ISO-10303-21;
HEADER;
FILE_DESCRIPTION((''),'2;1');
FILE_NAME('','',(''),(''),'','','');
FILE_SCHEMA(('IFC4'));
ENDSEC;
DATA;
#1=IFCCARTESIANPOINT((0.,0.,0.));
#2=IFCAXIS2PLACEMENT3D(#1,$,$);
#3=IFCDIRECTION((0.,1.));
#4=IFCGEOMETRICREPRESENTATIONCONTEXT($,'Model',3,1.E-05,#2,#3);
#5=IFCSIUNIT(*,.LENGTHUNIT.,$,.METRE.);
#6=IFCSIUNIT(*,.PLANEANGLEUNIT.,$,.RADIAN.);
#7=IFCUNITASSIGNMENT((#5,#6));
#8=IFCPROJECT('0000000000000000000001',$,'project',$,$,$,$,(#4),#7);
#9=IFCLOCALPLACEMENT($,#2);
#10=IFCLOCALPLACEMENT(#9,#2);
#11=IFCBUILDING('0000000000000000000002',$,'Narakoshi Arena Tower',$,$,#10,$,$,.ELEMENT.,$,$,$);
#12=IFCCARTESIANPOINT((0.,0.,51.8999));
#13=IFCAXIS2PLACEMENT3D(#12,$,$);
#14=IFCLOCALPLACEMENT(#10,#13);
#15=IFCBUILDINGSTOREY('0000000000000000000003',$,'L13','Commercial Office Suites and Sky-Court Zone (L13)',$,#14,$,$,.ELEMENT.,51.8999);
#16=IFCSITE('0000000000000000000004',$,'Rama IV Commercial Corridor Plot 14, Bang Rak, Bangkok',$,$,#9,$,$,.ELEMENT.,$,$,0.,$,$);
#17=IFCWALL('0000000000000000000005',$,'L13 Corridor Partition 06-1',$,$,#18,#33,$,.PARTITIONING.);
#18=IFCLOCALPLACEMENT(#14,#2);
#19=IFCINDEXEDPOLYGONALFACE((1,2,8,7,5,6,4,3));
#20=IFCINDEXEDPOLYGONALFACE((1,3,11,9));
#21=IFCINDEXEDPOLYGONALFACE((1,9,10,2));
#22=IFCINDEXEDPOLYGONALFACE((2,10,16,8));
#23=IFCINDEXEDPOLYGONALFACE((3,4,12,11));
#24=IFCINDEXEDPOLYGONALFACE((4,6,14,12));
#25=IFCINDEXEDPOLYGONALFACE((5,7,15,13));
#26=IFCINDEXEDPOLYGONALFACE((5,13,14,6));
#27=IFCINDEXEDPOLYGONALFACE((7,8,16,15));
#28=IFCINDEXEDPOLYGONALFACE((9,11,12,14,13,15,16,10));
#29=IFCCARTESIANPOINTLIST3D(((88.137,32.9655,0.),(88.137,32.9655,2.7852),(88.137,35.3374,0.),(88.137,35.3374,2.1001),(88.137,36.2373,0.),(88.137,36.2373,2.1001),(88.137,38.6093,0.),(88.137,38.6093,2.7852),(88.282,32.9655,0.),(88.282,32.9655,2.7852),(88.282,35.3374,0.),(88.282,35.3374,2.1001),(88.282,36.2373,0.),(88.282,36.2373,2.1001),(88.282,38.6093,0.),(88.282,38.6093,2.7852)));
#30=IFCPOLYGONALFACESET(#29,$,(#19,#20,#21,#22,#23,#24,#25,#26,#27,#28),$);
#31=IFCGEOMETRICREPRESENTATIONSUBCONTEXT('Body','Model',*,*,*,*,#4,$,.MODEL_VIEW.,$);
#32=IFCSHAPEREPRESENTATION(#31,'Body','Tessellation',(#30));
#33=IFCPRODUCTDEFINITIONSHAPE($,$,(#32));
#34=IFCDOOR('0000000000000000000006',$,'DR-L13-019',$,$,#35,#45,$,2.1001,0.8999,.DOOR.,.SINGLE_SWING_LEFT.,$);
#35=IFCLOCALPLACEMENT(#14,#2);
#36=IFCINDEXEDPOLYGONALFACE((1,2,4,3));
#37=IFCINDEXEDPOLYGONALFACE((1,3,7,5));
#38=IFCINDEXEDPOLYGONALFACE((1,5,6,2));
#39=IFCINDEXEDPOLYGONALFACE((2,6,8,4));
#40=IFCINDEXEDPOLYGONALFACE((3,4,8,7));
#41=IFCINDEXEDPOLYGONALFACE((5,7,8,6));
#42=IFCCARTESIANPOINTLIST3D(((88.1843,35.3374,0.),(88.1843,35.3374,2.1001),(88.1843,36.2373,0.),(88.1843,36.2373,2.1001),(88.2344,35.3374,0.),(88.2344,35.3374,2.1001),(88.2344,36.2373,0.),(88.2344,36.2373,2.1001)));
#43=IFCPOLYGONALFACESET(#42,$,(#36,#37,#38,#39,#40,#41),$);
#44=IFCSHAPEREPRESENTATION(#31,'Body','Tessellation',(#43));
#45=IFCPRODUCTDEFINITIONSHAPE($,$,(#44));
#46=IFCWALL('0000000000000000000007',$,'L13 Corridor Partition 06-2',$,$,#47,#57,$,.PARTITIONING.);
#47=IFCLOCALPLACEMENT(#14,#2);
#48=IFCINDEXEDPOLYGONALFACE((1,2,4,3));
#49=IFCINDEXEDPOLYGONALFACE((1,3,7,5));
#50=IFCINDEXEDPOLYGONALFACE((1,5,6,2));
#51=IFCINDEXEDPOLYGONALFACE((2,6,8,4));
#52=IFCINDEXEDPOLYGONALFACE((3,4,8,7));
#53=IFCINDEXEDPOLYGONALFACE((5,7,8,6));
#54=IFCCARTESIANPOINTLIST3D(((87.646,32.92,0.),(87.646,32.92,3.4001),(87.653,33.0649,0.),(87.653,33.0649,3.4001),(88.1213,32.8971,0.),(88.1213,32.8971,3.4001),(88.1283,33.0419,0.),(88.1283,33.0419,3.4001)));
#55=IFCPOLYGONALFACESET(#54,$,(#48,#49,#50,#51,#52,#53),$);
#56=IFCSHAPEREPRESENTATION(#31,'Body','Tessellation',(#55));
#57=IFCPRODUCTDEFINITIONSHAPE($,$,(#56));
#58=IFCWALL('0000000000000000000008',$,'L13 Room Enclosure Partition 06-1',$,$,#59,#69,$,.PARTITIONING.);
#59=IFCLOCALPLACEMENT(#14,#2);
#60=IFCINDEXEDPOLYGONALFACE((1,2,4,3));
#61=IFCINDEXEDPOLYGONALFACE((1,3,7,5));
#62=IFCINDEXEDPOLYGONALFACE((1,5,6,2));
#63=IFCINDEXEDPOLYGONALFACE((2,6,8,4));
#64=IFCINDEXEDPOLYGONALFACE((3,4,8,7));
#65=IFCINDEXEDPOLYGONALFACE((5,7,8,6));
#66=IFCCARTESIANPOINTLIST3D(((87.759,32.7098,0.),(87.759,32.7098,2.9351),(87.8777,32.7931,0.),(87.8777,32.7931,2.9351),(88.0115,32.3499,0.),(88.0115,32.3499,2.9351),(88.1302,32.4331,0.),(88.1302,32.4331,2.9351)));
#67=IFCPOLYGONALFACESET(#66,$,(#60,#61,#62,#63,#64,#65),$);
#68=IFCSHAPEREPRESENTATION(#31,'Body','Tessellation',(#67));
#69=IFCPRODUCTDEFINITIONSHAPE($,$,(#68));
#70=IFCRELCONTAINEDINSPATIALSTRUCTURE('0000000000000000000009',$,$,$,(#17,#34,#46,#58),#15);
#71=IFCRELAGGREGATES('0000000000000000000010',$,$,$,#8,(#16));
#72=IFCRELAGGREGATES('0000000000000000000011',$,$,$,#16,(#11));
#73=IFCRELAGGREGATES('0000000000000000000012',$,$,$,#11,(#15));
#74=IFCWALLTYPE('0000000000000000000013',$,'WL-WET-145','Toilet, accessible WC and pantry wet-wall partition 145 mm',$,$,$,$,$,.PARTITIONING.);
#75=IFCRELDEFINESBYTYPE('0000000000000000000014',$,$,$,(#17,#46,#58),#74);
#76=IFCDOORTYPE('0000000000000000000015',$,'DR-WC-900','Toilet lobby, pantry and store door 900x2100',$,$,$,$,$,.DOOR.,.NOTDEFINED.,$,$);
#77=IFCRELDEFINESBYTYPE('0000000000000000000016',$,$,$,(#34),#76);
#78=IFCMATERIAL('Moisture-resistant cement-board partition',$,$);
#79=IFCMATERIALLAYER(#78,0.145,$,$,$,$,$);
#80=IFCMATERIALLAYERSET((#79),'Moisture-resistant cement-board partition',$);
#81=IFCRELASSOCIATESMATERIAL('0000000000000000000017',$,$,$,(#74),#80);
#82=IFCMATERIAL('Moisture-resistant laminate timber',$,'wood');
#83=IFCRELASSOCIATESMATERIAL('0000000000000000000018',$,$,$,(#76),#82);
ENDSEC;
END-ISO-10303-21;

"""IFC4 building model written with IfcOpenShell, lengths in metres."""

from ifc_helpers import new_model, si_unit, direction, frame, frame_2d, origin, place, context, subcontext, project, spatial, rectangle, extrude, material, layer, layer_set, type_object, element, fill, save


model = new_model("IFC4")

# Units and contexts
model_context = context("Model", 3, precision=1e-05, world=origin(), true_north=direction((0.0, 1.0)))
body_context = subcontext(model_context, "Body", "Model", "MODEL_VIEW")
ifc_project = project(units=[si_unit("LENGTHUNIT", "METRE"), si_unit("PLANEANGLEUNIT", "RADIAN")], contexts=[model_context])

# Site, building, storey
site_placement = place(None, origin())
site = spatial("IfcSite", under=ifc_project, at=site_placement, Name="Rama IV Commercial Corridor Plot 14, Bang Rak, Bangkok", CompositionType="ELEMENT", RefElevation=0.0)
building_placement = place(site_placement, origin())
building = spatial("IfcBuilding", under=site, at=building_placement, Name="Narakoshi Arena Tower", CompositionType="ELEMENT")
storey_placement = place(building_placement, frame((0.0, 0.0, 51.8999)))
storey = spatial("IfcBuildingStorey", under=building, at=storey_placement, Name="L13", Description="Commercial Office Suites and Sky-Court Zone (L13)", CompositionType="ELEMENT", Elevation=51.8999)

# Wall, opening, door
ifc_material_1 = material(Name="Moisture-resistant cement-board partition")
ifc_layer_1 = layer(ifc_material_1, 0.145)
ifc_layer_set_1 = layer_set([ifc_layer_1], Name="Moisture-resistant cement-board partition")
wall_type_1 = type_object("IfcWallType", Name="WL-WET-145", Description="Toilet, accessible WC and pantry wet-wall partition 145 mm", PredefinedType="PARTITIONING", material=ifc_layer_set_1)
wall_1_placement = place(storey_placement, frame((88.2095, 32.9656, 0.0), z_axis=(0.0, 0.0, 1.0), x_axis=(0.0, 1.0, 0.0)))
wall_1 = element("IfcWall", 1, at=wall_1_placement, inside=storey, type_object=wall_type_1, Name="L13 Corridor Partition 06-1", PredefinedType="PARTITIONING", context=body_context, shape_type="SweptSolid", body=[
    extrude(rectangle(XDim=5.6438, YDim=0.145, at=frame_2d((2.8218, 0.0))), origin(), (0.0, 0.0, 1.0), 2.7852),
])
opening_1_placement = place(wall_1_placement, frame((2.3718, 0.0, 0.0)))
opening_1 = element("IfcOpeningElement", 2, at=opening_1_placement, cuts=wall_1, PredefinedType="OPENING", context=body_context, shape_type="SweptSolid", body=[
    extrude(rectangle(XDim=0.8999, YDim=2.1001, at=frame_2d((0.45, 1.05))), frame((0.0, 0.0825, 0.0), z_axis=(0.0, -1.0, 0.0), x_axis=(1.0, 0.0, 0.0)), (0.0, 0.0, 1.0), 0.165),
])
ifc_material_2 = material(Name="Moisture-resistant laminate timber", Category="wood")
door_type = type_object("IfcDoorType", Name="DR-WC-900", Description="Toilet lobby, pantry and store door 900x2100", OperationType="NOTDEFINED", PredefinedType="DOOR", material=ifc_material_2)
door_placement = place(opening_1_placement, frame((0.8999, 0.0, 0.0), z_axis=(0.0, 0.0, 1.0), x_axis=(-1.0, 0.0, 0.0)))
door = element("IfcDoor", 3, at=door_placement, inside=storey, type_object=door_type, Name="DR-L13-019", OperationType="SINGLE_SWING_LEFT", OverallHeight=2.1001, OverallWidth=0.8999, PredefinedType="DOOR", context=body_context, shape_type="SweptSolid", body=[
    extrude(rectangle(XDim=0.8999, YDim=2.1001, at=frame_2d((0.45, 1.05))), frame((0.0, 0.0249, 0.0), z_axis=(0.0, -1.0, 0.0), x_axis=(1.0, 0.0, 0.0)), (0.0, 0.0, 1.0), 0.05),
])
fill(opening_1, door)

# Walls
wall_2_placement = place(storey_placement, frame((87.6497, 32.9924, 0.0), z_axis=(0.0, 0.0, 1.0), x_axis=(0.998837, -0.048223, 0.0)))
element("IfcWall", 4, at=wall_2_placement, inside=storey, type_object=wall_type_1, Name="L13 Corridor Partition 06-2", PredefinedType="PARTITIONING", context=body_context, shape_type="SweptSolid", body=[
    extrude(rectangle(XDim=0.4758, YDim=0.145, at=frame_2d((0.2378, 0.0))), origin(), (0.0, 0.0, 1.0), 3.4001),
])
wall_3_placement = place(storey_placement, frame((88.0708, 32.3916, 0.0), z_axis=(0.0, 0.0, 1.0), x_axis=(-0.574282, 0.818657, 0.0)))
element("IfcWall", 5, at=wall_3_placement, inside=storey, type_object=wall_type_1, Name="L13 Room Enclosure Partition 06-1", PredefinedType="PARTITIONING", context=body_context, shape_type="SweptSolid", body=[
    extrude(rectangle(XDim=0.4397, YDim=0.145, at=frame_2d((0.2197, 0.0))), origin(), (0.0, 0.0, 1.0), 2.9351),
])

save(model, "model.ifc")
